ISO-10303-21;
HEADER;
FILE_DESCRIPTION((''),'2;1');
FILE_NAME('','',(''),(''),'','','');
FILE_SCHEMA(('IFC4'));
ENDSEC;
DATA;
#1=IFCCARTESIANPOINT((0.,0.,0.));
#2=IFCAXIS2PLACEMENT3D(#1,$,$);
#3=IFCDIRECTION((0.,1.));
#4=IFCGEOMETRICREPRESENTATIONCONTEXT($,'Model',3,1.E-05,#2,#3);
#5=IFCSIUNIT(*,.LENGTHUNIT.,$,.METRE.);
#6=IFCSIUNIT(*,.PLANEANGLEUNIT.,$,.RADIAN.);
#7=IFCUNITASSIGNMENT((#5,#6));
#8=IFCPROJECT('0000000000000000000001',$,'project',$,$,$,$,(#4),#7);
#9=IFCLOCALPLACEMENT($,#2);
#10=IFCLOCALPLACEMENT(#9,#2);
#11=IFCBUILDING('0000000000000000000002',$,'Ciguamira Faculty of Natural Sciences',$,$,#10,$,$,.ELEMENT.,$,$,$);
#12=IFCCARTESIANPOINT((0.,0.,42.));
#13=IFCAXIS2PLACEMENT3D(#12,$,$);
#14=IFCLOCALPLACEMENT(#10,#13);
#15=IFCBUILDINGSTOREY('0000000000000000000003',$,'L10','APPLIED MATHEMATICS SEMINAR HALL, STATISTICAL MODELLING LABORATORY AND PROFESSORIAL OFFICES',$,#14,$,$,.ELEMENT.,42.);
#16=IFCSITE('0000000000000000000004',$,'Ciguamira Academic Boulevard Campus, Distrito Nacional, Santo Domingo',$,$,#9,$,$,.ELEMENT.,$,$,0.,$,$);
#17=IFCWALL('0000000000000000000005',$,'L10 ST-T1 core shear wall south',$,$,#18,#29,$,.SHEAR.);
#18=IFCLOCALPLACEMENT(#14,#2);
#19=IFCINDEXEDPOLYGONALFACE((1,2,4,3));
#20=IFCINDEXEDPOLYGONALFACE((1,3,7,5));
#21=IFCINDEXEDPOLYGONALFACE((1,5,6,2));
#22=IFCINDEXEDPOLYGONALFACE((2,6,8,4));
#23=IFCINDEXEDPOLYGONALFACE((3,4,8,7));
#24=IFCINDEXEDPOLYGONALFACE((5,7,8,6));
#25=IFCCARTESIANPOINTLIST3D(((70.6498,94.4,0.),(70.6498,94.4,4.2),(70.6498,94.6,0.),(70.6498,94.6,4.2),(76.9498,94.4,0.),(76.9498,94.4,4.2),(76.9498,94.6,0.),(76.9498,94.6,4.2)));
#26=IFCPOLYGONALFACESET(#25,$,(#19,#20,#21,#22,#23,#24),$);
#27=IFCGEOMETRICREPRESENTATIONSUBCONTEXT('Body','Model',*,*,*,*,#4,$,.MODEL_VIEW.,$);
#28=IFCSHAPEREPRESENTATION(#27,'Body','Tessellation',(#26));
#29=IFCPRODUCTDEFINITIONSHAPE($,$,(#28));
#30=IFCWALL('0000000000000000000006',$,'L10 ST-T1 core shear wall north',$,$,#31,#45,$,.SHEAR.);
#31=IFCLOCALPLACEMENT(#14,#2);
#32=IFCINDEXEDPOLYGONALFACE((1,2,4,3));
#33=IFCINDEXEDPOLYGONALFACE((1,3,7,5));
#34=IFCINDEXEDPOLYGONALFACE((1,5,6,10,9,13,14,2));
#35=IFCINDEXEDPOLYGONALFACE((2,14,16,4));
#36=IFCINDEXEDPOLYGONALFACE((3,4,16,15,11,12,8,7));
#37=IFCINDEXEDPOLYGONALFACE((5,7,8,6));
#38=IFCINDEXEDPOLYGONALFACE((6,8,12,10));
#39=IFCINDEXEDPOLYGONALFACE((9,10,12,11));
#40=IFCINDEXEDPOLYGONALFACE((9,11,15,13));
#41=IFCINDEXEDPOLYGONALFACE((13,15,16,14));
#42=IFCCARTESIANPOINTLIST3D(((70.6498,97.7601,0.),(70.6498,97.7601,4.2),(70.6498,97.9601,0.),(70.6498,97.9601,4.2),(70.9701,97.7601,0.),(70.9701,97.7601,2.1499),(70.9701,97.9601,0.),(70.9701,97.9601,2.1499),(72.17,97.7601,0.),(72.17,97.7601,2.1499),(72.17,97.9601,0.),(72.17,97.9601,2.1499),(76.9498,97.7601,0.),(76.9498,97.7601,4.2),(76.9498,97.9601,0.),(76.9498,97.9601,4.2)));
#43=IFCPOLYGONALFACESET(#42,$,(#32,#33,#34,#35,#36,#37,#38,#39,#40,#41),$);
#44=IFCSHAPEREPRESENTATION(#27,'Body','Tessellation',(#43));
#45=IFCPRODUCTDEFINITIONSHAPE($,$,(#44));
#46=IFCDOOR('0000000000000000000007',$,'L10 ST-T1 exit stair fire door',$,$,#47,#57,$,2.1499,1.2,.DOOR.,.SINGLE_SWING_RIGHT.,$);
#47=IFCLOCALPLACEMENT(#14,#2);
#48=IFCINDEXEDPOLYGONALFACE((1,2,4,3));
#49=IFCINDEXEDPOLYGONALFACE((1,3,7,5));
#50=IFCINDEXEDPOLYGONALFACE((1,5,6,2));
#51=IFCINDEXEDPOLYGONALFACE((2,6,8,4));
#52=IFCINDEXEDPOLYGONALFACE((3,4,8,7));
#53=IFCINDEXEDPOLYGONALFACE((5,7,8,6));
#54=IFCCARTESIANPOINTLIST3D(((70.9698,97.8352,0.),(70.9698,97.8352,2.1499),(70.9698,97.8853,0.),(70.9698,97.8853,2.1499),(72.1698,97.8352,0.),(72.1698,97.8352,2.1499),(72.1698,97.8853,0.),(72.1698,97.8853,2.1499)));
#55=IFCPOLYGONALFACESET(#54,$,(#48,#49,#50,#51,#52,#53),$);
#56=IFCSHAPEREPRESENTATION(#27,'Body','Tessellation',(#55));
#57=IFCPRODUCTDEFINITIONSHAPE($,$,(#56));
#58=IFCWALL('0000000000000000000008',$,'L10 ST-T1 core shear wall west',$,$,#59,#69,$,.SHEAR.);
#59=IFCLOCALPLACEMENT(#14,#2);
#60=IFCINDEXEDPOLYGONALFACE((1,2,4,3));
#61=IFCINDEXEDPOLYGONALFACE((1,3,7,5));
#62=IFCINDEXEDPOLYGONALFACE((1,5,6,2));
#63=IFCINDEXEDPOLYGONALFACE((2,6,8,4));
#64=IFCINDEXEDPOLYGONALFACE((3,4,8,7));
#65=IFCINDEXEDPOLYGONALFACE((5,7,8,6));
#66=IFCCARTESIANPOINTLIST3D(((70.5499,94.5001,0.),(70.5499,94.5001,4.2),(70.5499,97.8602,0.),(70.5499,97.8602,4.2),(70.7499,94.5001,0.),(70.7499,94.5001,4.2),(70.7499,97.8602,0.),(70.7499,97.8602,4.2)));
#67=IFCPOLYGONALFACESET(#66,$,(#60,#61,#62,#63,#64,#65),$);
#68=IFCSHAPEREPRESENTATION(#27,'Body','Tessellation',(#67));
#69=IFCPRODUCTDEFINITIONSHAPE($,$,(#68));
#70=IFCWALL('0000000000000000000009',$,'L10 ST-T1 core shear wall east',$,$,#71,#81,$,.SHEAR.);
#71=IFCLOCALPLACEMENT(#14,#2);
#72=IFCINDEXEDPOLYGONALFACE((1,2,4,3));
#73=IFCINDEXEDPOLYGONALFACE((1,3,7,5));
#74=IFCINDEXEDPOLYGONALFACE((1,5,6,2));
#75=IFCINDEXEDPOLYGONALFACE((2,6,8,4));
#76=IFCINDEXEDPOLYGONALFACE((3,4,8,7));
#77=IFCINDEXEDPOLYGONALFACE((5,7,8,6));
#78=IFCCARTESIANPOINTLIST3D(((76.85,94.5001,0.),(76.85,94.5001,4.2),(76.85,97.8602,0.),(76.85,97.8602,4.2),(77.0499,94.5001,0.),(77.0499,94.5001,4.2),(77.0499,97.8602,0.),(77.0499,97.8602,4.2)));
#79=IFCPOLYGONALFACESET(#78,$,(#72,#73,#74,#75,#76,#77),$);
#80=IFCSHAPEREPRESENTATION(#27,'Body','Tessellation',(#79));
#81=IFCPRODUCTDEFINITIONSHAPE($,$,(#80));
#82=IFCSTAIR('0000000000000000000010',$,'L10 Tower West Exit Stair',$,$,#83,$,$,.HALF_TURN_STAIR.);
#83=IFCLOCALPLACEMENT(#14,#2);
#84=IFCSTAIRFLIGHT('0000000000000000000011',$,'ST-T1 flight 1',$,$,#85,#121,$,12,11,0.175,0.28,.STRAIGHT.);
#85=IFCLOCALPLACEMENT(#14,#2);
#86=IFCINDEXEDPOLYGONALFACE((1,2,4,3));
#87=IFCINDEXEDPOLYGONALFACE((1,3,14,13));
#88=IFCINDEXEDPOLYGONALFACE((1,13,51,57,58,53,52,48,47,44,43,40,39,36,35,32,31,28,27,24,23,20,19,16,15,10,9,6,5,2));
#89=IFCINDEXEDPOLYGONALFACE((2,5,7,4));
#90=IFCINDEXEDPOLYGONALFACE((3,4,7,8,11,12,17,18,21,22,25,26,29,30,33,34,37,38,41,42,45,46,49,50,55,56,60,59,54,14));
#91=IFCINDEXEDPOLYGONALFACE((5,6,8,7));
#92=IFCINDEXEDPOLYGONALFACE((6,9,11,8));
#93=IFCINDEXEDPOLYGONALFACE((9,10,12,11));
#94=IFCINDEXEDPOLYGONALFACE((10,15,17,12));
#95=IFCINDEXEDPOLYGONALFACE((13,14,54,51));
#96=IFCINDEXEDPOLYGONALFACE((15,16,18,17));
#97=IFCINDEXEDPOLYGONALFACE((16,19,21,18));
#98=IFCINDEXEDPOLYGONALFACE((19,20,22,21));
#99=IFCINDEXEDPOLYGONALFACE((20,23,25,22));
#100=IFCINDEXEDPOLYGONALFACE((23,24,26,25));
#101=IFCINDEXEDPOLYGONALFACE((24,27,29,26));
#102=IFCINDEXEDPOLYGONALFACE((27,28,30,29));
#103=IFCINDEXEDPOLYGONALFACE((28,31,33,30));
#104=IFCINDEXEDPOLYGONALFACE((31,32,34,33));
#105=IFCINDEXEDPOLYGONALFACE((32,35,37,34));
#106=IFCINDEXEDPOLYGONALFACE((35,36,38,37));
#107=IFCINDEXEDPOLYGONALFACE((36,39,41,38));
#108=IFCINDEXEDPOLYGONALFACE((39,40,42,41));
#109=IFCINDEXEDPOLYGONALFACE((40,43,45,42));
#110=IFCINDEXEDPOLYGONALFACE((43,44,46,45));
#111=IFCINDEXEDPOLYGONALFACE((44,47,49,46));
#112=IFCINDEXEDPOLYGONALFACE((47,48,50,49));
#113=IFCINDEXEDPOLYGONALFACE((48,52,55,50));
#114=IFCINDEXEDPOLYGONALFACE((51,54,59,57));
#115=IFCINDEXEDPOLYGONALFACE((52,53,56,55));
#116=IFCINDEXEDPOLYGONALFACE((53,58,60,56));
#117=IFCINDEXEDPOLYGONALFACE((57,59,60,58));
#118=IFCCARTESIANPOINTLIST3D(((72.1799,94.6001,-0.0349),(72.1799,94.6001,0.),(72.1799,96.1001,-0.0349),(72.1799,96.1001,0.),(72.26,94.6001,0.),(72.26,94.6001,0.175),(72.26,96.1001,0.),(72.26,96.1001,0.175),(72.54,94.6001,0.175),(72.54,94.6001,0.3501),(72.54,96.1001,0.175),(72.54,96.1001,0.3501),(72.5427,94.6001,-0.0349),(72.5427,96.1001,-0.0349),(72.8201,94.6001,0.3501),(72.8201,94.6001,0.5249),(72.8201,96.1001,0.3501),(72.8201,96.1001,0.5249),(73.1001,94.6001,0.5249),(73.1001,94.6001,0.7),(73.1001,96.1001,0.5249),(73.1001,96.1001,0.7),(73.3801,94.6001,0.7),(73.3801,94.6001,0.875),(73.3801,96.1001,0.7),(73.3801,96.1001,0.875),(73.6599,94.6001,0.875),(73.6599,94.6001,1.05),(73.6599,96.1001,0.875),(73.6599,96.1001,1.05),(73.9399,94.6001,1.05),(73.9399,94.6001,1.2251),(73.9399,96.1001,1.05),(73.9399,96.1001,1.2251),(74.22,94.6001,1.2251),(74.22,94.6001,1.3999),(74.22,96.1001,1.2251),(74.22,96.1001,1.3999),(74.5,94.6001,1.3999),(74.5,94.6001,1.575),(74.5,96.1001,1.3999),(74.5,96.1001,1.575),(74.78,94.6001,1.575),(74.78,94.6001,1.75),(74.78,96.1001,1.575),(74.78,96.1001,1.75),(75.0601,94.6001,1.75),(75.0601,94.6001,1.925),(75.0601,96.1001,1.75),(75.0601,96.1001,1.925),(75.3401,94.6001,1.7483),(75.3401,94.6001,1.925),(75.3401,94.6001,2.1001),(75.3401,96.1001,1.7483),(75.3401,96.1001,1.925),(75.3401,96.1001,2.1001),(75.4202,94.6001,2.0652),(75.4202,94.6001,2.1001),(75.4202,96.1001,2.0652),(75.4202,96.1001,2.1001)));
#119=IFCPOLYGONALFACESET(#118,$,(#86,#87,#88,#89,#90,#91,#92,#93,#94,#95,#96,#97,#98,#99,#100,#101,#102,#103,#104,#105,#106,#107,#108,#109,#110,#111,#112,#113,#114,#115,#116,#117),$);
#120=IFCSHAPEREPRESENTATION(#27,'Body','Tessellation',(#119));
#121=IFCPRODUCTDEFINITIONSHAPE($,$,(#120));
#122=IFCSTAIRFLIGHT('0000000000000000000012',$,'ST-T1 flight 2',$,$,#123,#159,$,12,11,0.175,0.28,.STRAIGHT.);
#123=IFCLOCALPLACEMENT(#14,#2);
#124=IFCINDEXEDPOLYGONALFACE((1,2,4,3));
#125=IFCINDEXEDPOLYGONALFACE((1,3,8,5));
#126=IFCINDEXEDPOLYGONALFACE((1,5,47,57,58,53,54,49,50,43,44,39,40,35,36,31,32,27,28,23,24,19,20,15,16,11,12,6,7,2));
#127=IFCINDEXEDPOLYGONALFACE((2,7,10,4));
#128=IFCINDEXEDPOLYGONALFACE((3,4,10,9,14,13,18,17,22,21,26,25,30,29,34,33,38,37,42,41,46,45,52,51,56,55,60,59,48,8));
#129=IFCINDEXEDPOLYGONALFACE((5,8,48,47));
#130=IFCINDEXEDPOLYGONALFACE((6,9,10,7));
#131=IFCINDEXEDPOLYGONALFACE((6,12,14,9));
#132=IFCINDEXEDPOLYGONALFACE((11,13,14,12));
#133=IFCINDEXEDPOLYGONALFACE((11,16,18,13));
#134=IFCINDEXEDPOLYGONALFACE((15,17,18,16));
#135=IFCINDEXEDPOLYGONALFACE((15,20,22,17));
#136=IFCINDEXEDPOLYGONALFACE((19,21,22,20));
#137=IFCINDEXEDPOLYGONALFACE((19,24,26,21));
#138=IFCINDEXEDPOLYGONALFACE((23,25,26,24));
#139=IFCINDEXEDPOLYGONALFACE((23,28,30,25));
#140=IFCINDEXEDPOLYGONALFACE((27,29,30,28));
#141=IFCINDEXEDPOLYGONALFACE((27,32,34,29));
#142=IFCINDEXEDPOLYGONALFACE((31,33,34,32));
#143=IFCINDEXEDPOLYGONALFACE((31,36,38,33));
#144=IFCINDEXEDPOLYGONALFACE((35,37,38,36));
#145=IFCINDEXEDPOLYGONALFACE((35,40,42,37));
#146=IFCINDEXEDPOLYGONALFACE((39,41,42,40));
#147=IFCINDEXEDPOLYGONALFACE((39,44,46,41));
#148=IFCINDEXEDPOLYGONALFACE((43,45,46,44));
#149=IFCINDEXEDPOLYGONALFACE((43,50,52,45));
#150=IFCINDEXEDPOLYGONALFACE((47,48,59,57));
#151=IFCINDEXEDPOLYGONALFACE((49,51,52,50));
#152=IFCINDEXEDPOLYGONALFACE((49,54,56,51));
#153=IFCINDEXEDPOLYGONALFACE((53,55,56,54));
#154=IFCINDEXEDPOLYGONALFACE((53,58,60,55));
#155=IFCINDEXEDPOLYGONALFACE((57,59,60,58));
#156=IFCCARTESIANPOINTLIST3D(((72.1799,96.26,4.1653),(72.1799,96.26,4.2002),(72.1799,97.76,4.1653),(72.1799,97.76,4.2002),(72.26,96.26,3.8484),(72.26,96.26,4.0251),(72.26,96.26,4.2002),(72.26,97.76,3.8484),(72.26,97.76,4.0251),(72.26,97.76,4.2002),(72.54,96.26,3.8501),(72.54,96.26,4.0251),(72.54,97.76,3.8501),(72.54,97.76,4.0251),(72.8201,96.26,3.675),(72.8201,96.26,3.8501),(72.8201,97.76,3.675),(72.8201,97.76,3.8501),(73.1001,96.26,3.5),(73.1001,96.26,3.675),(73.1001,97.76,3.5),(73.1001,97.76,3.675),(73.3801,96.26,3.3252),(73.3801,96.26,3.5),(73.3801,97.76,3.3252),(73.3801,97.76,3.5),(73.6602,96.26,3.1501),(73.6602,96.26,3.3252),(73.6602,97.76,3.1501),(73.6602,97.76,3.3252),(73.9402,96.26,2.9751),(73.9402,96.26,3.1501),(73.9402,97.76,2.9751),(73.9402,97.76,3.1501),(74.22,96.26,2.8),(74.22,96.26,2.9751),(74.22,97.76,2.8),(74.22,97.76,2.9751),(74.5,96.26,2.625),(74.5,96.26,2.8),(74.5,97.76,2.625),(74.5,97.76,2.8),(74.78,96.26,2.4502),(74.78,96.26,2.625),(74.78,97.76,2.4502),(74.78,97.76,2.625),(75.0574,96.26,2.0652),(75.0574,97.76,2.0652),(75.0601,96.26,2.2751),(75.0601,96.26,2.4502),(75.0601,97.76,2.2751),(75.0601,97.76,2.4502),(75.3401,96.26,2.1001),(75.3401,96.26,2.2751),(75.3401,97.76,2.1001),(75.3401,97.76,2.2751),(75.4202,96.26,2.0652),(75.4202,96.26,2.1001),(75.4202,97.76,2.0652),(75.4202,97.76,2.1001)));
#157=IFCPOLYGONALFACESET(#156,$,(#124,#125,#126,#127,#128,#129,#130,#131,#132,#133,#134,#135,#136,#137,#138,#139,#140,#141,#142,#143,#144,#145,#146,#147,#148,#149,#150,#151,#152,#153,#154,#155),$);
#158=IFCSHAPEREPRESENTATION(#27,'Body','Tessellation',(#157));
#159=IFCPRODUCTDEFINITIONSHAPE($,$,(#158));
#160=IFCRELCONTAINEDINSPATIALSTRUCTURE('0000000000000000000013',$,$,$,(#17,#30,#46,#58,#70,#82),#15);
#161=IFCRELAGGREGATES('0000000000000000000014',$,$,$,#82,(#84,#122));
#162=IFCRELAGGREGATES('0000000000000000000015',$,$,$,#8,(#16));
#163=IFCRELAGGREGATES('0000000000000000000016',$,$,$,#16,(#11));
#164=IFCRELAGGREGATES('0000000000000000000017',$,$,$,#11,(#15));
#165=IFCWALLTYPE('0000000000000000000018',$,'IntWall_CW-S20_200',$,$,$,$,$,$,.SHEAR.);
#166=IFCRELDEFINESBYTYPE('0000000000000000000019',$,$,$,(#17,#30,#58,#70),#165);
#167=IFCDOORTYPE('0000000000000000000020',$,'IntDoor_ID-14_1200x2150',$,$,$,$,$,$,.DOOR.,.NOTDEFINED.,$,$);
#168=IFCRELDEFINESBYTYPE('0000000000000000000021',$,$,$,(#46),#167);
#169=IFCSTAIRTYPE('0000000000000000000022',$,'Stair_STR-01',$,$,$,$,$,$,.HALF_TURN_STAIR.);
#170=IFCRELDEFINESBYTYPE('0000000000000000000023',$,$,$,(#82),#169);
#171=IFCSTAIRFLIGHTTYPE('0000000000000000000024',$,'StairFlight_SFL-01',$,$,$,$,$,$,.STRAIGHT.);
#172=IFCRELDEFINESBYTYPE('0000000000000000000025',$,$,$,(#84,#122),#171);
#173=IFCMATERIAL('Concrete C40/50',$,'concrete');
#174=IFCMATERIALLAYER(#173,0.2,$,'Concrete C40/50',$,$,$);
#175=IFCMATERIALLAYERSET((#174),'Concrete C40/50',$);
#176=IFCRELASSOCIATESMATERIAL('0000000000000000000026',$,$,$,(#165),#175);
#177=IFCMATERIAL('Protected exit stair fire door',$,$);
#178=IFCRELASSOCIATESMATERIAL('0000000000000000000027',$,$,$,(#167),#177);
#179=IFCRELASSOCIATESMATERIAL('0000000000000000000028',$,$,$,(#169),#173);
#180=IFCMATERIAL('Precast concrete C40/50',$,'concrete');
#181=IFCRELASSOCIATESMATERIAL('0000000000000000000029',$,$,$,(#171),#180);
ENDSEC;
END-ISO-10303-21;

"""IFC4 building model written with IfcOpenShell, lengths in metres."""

from ifc_helpers import new_model, si_unit, direction, frame, frame_2d, origin, place, context, subcontext, project, spatial, polyline, rectangle, outline, extrude, material, layer, layer_set, type_object, element, fill, aggregate, save


model = new_model("IFC4")

# Units and contexts
model_context = context("Model", 3, precision=1e-05, world=origin(), true_north=direction((0.0, 1.0)))
body_context = subcontext(model_context, "Body", "Model", "MODEL_VIEW")
ifc_project = project(units=[si_unit("LENGTHUNIT", "METRE"), si_unit("PLANEANGLEUNIT", "RADIAN")], contexts=[model_context])

# Site, building, storey
site_placement = place(None, origin())
site = spatial("IfcSite", under=ifc_project, at=site_placement, Name="Ciguamira Academic Boulevard Campus, Distrito Nacional, Santo Domingo", CompositionType="ELEMENT", RefElevation=0.0)
building_placement = place(site_placement, origin())
building = spatial("IfcBuilding", under=site, at=building_placement, Name="Ciguamira Faculty of Natural Sciences", CompositionType="ELEMENT")
storey_placement = place(building_placement, frame((0.0, 0.0, 42.0)))
storey = spatial("IfcBuildingStorey", under=building, at=storey_placement, Name="L10", Description="APPLIED MATHEMATICS SEMINAR HALL, STATISTICAL MODELLING LABORATORY AND PROFESSORIAL OFFICES", CompositionType="ELEMENT", Elevation=42.0)

# Shared definitions
ifc_material_1 = material(Name="Concrete C40/50", Category="concrete")

# Wall
ifc_layer_1 = layer(ifc_material_1, 0.2, Name="Concrete C40/50")
ifc_layer_set_1 = layer_set([ifc_layer_1], Name="Concrete C40/50")
wall_type_1 = type_object("IfcWallType", Name="IntWall_CW-S20_200", PredefinedType="SHEAR", material=ifc_layer_set_1)
wall_1_placement = place(storey_placement, frame((70.6499, 94.5, 0.0), z_axis=(0.0, 0.0, 1.0), x_axis=(1.0, 0.0, 0.0)))
element("IfcWall", 1, at=wall_1_placement, inside=storey, type_object=wall_type_1, Name="L10 ST-T1 core shear wall south", PredefinedType="SHEAR", context=body_context, shape_type="SweptSolid", body=[
    extrude(rectangle(XDim=6.3, YDim=0.2, at=frame_2d((3.1499, 0.0))), origin(), (0.0, 0.0, 1.0), 4.2),
])

# Wall, opening, door
wall_2_placement = place(storey_placement, frame((70.6499, 97.8601, 0.0), z_axis=(0.0, 0.0, 1.0), x_axis=(1.0, 0.0, 0.0)))
wall_2 = element("IfcWall", 2, at=wall_2_placement, inside=storey, type_object=wall_type_1, Name="L10 ST-T1 core shear wall north", PredefinedType="SHEAR", context=body_context, shape_type="SweptSolid", body=[
    extrude(rectangle(XDim=6.3, YDim=0.2, at=frame_2d((3.1499, 0.0))), origin(), (0.0, 0.0, 1.0), 4.2),
])
opening_placement = place(wall_2_placement, frame((0.3201, 0.0, 0.0)))
opening = element("IfcOpeningElement", 3, at=opening_placement, cuts=wall_2, PredefinedType="OPENING", context=body_context, shape_type="SweptSolid", body=[
    extrude(rectangle(XDim=1.2, YDim=2.1499, at=frame_2d((0.6001, 1.075))), frame((0.0, 0.1099, 0.0), z_axis=(0.0, -1.0, 0.0), x_axis=(1.0, 0.0, 0.0)), (0.0, 0.0, 1.0), 0.22),
])
ifc_material_2 = material(Name="Protected exit stair fire door")
door_type = type_object("IfcDoorType", Name="IntDoor_ID-14_1200x2150", OperationType="NOTDEFINED", PredefinedType="DOOR", material=ifc_material_2)
door_placement = place(opening_placement, frame((1.2, 0.0, 0.0), z_axis=(0.0, 0.0, 1.0), x_axis=(-1.0, 0.0, 0.0)))
door = element("IfcDoor", 4, at=door_placement, inside=storey, type_object=door_type, Name="L10 ST-T1 exit stair fire door", OperationType="SINGLE_SWING_RIGHT", OverallHeight=2.1499, OverallWidth=1.2, PredefinedType="DOOR", context=body_context, shape_type="SweptSolid", body=[
    extrude(rectangle(XDim=1.2, YDim=2.1499, at=frame_2d((0.6001, 1.075))), frame((0.0, 0.0249, 0.0), z_axis=(0.0, -1.0, 0.0), x_axis=(1.0, 0.0, 0.0)), (0.0, 0.0, 1.0), 0.05),
])
fill(opening, door)

# Walls
for number, where, z_axis, x_axis, name in (
    (5, (70.6499, 94.5, 0.0), (0.0, 0.0, 1.0), (0.0, 1.0, 0.0), "L10 ST-T1 core shear wall west"),
    (6, (76.95, 94.5, 0.0), (0.0, 0.0, 1.0), (0.0, 1.0, 0.0), "L10 ST-T1 core shear wall east"),
):
    element("IfcWall", number, at=place(storey_placement, frame(where, z_axis=z_axis, x_axis=x_axis)), inside=storey, type_object=wall_type_1, Name=name, PredefinedType="SHEAR", context=body_context, shape_type="SweptSolid", body=[
        extrude(rectangle(XDim=3.3601, YDim=0.2, at=frame_2d((1.6802, 0.0))), origin(), (0.0, 0.0, 1.0), 4.2),
    ])

# Stair, stair flights
stair_type = type_object("IfcStairType", Name="Stair_STR-01", PredefinedType="HALF_TURN_STAIR", material=ifc_material_1)
stair_placement = place(storey_placement, origin())
stair = element("IfcStair", 7, at=stair_placement, inside=storey, type_object=stair_type, Name="L10 Tower West Exit Stair", PredefinedType="HALF_TURN_STAIR")
ifc_material_3 = material(Name="Precast concrete C40/50", Category="concrete")
stair_flight_type = type_object("IfcStairFlightType", Name="StairFlight_SFL-01", PredefinedType="STRAIGHT", material=ifc_material_3)
stair_flight_1_placement = place(storey_placement, frame((72.26, 95.3501, 0.0), z_axis=(0.0, 0.0, 1.0), x_axis=(1.0, 0.0, 0.0)))
stair_flight_1 = element("IfcStairFlight", 8, at=stair_flight_1_placement, type_object=stair_flight_type, Name="ST-T1 flight 1", NumberOfRisers=12, NumberOfTreads=11, PredefinedType="STRAIGHT", RiserHeight=0.175, TreadLength=0.28, context=body_context, shape_type="SweptSolid", body=[
    extrude(outline(polyline([(-0.0801, -0.0349), (-0.0801, 0.0), (0.0, 0.0), (0.0, 0.175), (0.28, 0.175), (0.28, 0.3501), (0.5601, 0.3501), (0.5601, 0.5249), (0.8401, 0.5249), (0.8401, 0.7), (1.1201, 0.7), (1.1201, 0.875), (1.3999, 0.875), (1.3999, 1.05), (1.6799, 1.05), (1.6799, 1.2251), (1.96, 1.2251), (1.96, 1.3999), (2.24, 1.3999), (2.24, 1.575), (2.52, 1.575), (2.52, 1.75), (2.8, 1.75), (2.8, 1.925), (3.0801, 1.925), (3.0801, 2.1001), (3.1602, 2.1001), (3.1602, 2.0652), (3.0801, 1.7483), (0.2827, -0.0349), (-0.0801, -0.0349)])), frame((0.0, 0.75, 0.0), z_axis=(0.0, -1.0, 0.0), x_axis=(1.0, 0.0, 0.0)), (0.0, 0.0, 1.0), 1.5),
])
stair_flight_2_placement = place(storey_placement, frame((75.3401, 97.01, 2.1001), z_axis=(0.0, 0.0, 1.0), x_axis=(-1.0, 0.0, 0.0)))
stair_flight_2 = element("IfcStairFlight", 9, at=stair_flight_2_placement, type_object=stair_flight_type, Name="ST-T1 flight 2", NumberOfRisers=12, NumberOfTreads=11, PredefinedType="STRAIGHT", RiserHeight=0.175, TreadLength=0.28, context=body_context, shape_type="SweptSolid", body=[
    extrude(outline(polyline([(-0.0801, -0.0349), (-0.0801, 0.0), (0.0, 0.0), (0.0, 0.175), (0.28, 0.175), (0.28, 0.3501), (0.5601, 0.3501), (0.5601, 0.5249), (0.8401, 0.5249), (0.8401, 0.7), (1.1201, 0.7), (1.1201, 0.875), (1.3999, 0.875), (1.3999, 1.05), (1.6799, 1.05), (1.6799, 1.2251), (1.96, 1.2251), (1.96, 1.3999), (2.24, 1.3999), (2.24, 1.575), (2.52, 1.575), (2.52, 1.75), (2.8, 1.75), (2.8, 1.925), (3.0801, 1.925), (3.0801, 2.1001), (3.1602, 2.1001), (3.1602, 2.0652), (3.0801, 1.7483), (0.2827, -0.0349), (-0.0801, -0.0349)])), frame((0.0, 0.75, 0.0), z_axis=(0.0, -1.0, 0.0), x_axis=(1.0, 0.0, 0.0)), (0.0, 0.0, 1.0), 1.5),
])
aggregate(stair, [stair_flight_1, stair_flight_2])

save(model, "model.ifc")
